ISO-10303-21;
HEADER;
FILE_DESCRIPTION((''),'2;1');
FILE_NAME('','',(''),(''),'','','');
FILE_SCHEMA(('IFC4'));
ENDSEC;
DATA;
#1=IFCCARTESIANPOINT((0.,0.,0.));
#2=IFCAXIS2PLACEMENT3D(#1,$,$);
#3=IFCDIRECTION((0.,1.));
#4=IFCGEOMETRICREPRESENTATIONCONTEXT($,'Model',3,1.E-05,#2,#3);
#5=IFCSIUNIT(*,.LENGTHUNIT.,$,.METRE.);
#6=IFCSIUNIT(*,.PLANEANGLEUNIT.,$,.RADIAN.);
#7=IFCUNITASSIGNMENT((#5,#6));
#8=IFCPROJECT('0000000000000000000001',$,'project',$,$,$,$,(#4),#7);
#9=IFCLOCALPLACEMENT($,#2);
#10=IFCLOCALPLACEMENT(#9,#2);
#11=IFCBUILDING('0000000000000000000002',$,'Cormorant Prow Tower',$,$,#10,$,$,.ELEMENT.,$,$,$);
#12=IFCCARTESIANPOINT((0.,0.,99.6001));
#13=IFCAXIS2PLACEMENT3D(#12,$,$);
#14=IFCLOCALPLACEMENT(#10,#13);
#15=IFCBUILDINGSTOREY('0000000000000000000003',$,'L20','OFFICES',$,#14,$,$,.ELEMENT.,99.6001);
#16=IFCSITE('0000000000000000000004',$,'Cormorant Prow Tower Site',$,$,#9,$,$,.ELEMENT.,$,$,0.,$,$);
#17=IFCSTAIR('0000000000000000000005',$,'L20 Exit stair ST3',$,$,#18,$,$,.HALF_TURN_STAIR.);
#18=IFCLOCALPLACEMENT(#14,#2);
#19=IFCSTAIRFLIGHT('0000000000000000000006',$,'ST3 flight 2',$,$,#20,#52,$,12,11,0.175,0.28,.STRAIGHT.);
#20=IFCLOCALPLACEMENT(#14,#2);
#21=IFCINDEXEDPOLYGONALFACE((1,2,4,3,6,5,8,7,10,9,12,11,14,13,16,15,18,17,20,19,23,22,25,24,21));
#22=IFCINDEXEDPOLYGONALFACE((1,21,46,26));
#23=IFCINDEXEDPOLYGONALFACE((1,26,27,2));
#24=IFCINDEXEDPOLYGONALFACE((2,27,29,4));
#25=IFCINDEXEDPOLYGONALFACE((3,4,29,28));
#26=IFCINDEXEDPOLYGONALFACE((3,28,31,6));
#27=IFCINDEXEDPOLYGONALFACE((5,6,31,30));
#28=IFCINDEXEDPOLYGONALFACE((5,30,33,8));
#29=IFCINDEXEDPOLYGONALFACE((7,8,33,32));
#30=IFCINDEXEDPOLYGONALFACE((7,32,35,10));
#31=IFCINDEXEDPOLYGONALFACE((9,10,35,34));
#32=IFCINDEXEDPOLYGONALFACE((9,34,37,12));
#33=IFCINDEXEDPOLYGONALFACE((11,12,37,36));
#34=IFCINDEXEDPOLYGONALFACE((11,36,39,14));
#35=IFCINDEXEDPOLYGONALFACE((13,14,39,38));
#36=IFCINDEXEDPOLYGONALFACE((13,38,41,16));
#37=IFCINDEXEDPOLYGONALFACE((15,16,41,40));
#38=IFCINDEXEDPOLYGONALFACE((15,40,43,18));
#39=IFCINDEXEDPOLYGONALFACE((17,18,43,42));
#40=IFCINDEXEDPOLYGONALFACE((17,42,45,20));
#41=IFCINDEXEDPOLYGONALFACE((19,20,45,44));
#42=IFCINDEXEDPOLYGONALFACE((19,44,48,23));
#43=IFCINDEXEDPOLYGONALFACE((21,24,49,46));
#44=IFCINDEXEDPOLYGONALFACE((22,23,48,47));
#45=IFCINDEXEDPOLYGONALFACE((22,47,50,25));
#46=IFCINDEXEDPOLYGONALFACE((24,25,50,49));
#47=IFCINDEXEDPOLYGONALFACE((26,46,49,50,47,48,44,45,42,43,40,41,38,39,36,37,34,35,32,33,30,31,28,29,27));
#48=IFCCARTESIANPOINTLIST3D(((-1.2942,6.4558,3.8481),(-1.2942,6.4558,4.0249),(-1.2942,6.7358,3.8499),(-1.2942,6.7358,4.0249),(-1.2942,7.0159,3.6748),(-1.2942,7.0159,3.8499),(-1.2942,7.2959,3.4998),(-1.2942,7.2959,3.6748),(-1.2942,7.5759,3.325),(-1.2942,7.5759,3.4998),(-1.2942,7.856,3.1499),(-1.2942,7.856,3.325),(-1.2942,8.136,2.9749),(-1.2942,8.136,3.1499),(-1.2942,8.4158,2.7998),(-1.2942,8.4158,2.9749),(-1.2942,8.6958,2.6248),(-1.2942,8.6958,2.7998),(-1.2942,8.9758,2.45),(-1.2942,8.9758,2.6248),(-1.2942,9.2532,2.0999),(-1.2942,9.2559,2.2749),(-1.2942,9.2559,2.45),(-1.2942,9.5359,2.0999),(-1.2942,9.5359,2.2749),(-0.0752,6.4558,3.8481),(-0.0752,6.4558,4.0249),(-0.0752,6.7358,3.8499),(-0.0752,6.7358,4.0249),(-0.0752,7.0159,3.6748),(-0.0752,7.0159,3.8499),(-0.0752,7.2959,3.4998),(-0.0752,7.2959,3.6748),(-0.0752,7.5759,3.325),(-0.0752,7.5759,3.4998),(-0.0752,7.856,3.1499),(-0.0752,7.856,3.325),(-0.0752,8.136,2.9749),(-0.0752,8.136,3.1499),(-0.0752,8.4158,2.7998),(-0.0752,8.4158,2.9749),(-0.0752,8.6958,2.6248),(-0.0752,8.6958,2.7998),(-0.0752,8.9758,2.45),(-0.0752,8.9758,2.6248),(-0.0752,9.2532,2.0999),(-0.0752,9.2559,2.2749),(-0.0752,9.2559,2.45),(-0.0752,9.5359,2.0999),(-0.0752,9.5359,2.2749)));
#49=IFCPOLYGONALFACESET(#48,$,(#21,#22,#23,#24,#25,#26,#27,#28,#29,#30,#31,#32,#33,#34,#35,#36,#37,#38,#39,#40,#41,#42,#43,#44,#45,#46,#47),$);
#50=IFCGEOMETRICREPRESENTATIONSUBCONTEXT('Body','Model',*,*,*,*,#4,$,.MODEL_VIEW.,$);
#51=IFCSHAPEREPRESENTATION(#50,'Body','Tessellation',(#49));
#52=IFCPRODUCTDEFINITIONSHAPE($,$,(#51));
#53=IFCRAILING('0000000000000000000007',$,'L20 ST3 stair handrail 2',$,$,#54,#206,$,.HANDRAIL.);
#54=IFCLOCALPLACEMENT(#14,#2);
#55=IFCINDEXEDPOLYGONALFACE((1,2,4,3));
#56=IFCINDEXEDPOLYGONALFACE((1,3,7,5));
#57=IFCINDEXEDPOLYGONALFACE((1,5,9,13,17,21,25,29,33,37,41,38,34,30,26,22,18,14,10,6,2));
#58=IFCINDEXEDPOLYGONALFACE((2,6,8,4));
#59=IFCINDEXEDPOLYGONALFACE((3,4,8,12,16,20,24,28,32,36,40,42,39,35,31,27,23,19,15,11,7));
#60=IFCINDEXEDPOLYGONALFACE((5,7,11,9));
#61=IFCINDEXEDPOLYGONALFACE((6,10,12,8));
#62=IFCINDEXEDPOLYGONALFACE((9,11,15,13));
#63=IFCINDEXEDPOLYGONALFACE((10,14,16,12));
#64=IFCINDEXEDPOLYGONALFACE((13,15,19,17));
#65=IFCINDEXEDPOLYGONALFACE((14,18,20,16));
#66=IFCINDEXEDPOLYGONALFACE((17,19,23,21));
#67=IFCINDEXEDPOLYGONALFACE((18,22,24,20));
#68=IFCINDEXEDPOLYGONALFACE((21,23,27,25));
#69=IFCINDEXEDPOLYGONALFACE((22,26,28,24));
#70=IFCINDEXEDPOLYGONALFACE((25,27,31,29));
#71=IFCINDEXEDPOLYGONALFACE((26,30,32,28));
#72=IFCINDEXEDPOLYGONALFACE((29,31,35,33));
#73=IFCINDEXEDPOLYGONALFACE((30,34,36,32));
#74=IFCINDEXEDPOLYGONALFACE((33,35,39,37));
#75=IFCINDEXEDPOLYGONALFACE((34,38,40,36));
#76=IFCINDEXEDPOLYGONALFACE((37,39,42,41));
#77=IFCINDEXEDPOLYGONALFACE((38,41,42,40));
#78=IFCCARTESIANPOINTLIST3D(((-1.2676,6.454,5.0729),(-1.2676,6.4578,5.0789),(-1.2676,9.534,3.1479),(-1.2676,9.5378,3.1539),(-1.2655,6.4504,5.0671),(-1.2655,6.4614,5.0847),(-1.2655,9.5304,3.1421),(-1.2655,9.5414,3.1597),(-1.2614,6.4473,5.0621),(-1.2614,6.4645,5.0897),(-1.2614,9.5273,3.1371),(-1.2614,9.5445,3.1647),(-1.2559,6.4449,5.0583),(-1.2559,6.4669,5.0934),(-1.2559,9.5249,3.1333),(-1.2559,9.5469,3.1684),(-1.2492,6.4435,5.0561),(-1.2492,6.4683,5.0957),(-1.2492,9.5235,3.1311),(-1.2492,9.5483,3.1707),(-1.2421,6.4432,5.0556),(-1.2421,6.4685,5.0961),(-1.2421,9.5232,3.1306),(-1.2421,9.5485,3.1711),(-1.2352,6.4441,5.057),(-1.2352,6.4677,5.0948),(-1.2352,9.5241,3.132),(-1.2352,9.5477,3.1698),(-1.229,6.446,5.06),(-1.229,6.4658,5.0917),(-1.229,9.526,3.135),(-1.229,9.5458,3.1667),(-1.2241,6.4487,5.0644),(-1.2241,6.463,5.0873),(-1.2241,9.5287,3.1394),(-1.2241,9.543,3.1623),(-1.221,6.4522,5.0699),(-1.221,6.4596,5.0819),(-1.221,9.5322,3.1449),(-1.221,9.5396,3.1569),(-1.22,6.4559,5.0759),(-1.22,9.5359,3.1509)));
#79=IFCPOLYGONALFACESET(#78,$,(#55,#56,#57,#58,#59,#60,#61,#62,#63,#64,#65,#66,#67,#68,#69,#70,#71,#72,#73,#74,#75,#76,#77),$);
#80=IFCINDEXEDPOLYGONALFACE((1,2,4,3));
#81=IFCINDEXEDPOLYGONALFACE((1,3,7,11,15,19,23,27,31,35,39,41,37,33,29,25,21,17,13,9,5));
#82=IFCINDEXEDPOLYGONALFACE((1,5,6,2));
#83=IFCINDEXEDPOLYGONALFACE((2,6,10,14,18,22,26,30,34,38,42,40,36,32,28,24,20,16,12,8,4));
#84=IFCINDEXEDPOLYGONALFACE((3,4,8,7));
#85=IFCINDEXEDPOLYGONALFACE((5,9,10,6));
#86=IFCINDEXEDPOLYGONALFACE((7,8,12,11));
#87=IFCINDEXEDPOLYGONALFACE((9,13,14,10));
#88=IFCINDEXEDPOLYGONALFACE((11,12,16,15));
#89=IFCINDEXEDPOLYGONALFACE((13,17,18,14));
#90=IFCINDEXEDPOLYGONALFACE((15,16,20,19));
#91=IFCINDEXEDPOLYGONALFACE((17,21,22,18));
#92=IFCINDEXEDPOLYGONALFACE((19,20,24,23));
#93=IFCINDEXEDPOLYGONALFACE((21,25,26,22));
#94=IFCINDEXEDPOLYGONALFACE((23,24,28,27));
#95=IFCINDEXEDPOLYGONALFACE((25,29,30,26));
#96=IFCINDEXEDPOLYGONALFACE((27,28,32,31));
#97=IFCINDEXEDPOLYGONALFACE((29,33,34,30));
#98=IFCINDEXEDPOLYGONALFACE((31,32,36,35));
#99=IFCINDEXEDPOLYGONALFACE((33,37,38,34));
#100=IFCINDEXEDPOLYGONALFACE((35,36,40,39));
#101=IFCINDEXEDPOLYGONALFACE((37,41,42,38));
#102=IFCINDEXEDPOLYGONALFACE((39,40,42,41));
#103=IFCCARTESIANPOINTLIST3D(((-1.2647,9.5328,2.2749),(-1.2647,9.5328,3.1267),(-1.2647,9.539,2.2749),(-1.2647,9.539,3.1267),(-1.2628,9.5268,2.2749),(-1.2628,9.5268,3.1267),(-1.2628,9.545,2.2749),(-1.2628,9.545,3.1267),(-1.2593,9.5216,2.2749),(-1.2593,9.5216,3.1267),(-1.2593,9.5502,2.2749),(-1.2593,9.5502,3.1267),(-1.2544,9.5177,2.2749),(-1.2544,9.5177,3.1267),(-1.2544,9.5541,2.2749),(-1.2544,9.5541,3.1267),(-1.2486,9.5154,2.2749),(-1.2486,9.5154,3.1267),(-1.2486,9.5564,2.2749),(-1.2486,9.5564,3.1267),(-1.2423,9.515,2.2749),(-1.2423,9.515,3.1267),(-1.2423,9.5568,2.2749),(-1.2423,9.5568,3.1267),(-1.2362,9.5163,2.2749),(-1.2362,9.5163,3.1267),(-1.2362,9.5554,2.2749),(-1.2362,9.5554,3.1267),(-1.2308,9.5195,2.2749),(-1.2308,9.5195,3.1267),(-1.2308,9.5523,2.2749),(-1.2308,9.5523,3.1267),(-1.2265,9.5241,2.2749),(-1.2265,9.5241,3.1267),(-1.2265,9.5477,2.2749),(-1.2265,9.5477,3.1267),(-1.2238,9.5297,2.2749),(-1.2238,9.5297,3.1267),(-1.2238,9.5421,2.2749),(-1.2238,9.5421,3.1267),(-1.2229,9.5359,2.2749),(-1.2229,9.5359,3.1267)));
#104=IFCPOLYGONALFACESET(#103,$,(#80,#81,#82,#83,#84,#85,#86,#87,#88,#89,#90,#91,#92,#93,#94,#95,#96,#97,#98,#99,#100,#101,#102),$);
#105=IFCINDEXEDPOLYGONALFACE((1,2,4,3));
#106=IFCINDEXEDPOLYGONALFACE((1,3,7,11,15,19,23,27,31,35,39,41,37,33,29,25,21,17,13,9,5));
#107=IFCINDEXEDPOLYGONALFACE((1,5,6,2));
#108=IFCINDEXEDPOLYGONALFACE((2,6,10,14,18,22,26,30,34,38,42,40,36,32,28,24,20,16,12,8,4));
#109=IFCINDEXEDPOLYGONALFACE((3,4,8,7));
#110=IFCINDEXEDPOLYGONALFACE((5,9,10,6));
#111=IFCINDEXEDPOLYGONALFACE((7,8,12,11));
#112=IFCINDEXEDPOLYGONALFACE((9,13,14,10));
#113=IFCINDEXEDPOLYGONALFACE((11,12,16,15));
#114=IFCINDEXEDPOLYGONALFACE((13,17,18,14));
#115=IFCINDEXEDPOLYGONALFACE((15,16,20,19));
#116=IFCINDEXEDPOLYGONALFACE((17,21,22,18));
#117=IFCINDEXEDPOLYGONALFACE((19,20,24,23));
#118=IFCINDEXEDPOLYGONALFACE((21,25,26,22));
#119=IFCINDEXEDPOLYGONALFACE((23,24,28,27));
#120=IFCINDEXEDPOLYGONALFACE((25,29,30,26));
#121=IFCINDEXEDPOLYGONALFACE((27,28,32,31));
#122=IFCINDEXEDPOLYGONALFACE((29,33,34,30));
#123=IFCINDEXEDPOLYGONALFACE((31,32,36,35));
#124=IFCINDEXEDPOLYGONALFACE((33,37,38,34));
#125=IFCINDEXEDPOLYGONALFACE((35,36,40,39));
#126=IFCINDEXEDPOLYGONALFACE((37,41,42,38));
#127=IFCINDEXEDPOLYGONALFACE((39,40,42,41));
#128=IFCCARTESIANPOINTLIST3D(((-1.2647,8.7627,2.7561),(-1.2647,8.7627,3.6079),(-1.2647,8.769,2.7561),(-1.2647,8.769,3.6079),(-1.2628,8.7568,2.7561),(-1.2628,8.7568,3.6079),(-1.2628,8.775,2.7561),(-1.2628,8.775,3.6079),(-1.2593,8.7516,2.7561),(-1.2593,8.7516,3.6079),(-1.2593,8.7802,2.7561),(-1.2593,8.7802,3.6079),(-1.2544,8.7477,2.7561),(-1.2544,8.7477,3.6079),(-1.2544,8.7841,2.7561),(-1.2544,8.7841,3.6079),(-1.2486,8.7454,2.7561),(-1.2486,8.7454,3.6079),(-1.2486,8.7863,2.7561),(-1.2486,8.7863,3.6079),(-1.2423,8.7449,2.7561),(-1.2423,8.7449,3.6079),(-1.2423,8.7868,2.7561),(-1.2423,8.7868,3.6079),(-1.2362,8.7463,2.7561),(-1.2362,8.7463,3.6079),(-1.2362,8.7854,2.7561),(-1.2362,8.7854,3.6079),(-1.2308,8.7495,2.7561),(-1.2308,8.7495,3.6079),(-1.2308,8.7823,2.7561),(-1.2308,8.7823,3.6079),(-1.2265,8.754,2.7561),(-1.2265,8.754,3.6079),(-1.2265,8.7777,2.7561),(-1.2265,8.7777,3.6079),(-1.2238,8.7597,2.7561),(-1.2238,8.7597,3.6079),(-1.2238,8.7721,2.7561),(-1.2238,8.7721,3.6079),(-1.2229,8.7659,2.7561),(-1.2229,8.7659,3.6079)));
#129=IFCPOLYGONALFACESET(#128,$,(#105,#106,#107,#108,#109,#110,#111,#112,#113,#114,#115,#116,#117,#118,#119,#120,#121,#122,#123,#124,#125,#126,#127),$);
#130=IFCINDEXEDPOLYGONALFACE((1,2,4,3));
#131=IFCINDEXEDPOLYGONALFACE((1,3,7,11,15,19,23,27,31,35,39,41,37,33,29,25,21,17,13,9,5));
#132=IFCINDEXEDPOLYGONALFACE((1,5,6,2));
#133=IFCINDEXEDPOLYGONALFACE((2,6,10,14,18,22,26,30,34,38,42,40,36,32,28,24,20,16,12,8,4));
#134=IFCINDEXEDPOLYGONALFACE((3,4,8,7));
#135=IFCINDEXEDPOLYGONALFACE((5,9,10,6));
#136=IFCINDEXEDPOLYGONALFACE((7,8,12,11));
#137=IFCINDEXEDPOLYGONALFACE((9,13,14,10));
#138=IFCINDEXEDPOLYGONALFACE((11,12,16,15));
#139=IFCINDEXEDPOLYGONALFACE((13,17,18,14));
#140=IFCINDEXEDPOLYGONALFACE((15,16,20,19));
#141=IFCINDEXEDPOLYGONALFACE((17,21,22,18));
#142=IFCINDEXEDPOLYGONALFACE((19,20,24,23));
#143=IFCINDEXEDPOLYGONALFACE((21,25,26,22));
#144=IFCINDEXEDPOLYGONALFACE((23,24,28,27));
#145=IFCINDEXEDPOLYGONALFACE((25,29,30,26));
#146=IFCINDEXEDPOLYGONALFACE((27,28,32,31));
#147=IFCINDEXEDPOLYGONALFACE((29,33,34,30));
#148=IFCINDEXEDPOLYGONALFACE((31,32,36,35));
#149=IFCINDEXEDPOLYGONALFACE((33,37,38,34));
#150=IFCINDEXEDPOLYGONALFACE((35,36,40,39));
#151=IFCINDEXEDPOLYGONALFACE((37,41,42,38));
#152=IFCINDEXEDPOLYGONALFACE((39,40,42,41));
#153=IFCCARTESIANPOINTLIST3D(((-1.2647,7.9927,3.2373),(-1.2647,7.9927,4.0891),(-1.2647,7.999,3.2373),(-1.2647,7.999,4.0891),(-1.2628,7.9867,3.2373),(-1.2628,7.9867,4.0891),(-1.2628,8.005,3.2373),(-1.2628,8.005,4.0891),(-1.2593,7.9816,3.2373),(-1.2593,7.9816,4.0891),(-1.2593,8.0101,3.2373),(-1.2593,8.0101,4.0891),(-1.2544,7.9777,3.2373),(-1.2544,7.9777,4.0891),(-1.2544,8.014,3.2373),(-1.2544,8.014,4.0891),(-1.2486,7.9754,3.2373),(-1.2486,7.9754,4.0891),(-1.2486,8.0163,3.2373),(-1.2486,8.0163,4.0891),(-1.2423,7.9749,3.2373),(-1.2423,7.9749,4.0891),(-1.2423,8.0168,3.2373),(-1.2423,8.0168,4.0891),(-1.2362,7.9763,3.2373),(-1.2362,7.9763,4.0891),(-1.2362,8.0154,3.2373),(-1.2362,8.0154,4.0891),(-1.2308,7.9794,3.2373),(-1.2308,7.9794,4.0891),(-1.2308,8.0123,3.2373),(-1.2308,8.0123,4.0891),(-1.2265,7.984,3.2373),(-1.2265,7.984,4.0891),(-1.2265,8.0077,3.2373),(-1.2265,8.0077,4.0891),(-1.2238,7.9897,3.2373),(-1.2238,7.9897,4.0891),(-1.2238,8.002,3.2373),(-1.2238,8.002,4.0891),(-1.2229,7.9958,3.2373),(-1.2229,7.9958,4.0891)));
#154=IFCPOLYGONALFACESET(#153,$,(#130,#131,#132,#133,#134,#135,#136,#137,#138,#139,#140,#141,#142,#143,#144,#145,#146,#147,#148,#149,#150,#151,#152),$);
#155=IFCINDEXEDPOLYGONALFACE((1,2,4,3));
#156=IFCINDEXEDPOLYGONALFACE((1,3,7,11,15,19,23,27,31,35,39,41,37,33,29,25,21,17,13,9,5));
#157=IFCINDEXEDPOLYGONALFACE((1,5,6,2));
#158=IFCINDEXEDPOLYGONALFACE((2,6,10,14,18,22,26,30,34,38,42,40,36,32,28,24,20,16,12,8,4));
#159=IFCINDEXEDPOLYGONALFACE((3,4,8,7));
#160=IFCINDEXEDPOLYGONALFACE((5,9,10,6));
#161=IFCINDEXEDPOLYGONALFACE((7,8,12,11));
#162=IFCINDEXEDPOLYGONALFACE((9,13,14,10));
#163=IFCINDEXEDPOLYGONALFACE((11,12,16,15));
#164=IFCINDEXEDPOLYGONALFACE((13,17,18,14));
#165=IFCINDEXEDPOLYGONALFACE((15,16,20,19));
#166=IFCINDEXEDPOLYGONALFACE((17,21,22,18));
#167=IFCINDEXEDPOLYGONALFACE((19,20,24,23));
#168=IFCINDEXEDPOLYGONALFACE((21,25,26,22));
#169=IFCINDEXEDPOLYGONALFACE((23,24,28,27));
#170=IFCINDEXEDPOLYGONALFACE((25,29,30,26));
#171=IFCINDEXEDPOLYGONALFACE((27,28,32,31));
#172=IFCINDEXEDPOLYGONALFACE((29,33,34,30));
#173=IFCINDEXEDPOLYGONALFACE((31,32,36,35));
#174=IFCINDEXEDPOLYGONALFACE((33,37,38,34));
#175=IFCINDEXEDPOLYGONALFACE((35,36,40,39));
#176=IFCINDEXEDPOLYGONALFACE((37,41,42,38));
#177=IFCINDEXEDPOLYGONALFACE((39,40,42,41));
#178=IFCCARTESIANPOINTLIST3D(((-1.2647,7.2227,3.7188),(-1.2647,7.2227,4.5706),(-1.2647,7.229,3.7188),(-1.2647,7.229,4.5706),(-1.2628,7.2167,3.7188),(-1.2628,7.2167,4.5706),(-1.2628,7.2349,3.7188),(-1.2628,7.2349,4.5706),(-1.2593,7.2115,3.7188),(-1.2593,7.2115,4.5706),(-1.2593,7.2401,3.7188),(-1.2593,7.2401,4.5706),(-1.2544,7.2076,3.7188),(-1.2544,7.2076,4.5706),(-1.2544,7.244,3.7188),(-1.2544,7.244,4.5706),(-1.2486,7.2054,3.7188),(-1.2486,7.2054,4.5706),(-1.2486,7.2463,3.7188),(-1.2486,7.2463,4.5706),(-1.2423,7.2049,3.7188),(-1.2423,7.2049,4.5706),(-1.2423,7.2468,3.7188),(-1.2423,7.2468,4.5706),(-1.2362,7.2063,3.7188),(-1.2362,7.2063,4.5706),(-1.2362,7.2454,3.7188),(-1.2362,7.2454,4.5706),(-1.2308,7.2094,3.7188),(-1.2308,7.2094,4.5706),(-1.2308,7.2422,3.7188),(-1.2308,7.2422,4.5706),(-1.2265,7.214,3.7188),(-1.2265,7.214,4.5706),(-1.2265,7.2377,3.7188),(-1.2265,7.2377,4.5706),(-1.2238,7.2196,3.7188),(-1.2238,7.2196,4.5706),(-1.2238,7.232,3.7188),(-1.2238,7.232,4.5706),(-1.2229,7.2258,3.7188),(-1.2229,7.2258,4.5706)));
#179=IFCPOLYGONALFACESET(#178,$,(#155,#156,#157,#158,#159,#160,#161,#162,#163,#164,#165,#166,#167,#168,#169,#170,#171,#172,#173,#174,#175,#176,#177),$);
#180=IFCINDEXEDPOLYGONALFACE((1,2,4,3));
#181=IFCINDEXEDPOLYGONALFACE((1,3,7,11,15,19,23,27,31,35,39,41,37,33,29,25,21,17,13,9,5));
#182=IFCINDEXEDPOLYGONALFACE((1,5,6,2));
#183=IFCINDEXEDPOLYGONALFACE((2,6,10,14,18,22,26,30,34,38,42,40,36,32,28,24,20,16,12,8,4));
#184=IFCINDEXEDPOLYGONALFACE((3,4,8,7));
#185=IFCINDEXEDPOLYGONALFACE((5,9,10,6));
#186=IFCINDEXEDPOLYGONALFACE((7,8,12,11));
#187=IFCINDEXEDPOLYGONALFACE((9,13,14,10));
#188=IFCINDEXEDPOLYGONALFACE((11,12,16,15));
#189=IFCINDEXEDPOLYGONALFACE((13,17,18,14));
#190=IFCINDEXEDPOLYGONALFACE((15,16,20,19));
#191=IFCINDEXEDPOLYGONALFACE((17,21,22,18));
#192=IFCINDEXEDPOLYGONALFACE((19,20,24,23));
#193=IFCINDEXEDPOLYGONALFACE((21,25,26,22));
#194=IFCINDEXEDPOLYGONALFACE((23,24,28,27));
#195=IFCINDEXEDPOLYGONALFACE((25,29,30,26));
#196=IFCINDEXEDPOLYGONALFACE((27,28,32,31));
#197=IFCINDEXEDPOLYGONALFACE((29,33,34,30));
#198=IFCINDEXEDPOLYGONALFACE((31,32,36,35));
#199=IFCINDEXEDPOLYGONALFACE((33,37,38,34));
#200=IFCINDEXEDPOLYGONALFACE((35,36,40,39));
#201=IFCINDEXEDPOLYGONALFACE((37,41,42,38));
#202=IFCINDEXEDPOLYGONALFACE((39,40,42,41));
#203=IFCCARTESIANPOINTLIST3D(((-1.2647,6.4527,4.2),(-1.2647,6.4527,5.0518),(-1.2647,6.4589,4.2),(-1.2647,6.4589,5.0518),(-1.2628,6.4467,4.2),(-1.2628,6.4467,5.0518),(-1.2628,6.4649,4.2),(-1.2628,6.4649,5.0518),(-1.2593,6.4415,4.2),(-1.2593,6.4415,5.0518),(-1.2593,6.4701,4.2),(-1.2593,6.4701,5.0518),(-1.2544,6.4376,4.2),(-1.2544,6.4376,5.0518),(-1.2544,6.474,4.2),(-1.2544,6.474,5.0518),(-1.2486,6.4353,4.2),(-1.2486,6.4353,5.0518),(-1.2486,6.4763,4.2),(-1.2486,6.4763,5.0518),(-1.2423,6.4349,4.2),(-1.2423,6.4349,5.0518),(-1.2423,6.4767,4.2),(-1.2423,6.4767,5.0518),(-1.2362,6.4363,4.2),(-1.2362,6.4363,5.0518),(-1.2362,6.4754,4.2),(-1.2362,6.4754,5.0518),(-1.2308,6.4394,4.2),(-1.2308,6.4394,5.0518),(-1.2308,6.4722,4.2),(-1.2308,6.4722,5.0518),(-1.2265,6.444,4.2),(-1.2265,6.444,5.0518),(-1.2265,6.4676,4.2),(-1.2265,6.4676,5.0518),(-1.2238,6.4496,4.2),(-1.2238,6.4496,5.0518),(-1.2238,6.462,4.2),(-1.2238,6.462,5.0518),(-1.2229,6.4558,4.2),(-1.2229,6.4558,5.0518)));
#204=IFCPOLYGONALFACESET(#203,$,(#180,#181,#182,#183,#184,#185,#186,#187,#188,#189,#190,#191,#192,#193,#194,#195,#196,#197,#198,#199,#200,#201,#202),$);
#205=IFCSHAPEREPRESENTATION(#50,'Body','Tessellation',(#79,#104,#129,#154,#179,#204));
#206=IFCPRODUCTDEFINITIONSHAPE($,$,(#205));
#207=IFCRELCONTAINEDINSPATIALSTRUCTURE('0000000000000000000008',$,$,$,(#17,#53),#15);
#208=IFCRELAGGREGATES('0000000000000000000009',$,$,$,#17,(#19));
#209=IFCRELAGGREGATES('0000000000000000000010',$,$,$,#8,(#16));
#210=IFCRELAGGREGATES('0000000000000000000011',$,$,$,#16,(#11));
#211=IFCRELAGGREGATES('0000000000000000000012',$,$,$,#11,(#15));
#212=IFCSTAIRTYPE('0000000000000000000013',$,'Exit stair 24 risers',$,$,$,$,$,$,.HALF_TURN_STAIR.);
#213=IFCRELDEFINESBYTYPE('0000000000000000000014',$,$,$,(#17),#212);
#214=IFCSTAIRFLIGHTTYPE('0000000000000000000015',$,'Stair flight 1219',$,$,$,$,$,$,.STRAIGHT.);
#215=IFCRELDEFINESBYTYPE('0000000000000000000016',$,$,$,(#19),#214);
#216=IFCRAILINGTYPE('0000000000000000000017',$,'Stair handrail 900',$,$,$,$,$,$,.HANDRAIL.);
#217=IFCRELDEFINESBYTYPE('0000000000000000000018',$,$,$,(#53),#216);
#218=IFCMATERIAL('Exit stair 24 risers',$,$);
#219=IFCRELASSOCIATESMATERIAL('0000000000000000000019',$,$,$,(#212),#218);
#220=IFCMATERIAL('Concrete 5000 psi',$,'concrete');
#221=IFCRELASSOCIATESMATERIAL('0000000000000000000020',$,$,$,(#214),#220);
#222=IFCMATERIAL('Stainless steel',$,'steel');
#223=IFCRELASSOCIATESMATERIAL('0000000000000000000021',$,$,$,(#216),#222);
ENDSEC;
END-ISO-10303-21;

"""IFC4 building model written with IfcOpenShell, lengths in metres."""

from ifc_helpers import new_model, si_unit, direction, frame, origin, origin_2d, place, context, subcontext, project, spatial, polyline, circle, outline, extrude, material, type_object, element, aggregate, save


model = new_model("IFC4")

# Units and contexts
model_context = context("Model", 3, precision=1e-05, world=origin(), true_north=direction((0.0, 1.0)))
body_context = subcontext(model_context, "Body", "Model", "MODEL_VIEW")
ifc_project = project(units=[si_unit("LENGTHUNIT", "METRE"), si_unit("PLANEANGLEUNIT", "RADIAN")], contexts=[model_context])

# Site, building, storey
site_placement = place(None, origin())
site = spatial("IfcSite", under=ifc_project, at=site_placement, Name="Cormorant Prow Tower Site", CompositionType="ELEMENT", RefElevation=0.0)
building_placement = place(site_placement, origin())
building = spatial("IfcBuilding", under=site, at=building_placement, Name="Cormorant Prow Tower", CompositionType="ELEMENT")
storey_placement = place(building_placement, frame((0.0, 0.0, 99.6001)))
storey = spatial("IfcBuildingStorey", under=building, at=storey_placement, Name="L20", Description="OFFICES", CompositionType="ELEMENT", Elevation=99.6001)

# Stair, stair flight
ifc_material_1 = material(Name="Exit stair 24 risers")
stair_type = type_object("IfcStairType", Name="Exit stair 24 risers", PredefinedType="HALF_TURN_STAIR", material=ifc_material_1)
stair_placement = place(storey_placement, origin())
stair = element("IfcStair", 1, at=stair_placement, inside=storey, type_object=stair_type, Name="L20 Exit stair ST3", PredefinedType="HALF_TURN_STAIR")
ifc_material_2 = material(Name="Concrete 5000 psi", Category="concrete")
stair_flight_type = type_object("IfcStairFlightType", Name="Stair flight 1219", PredefinedType="STRAIGHT", material=ifc_material_2)
stair_flight_placement = place(storey_placement, frame((-0.6846, 9.5359, 2.0999), z_axis=(0.0, 0.0, 1.0), x_axis=(0.0, -1.0, 0.0)))
stair_flight = element("IfcStairFlight", 2, at=stair_flight_placement, type_object=stair_flight_type, Name="ST3 flight 2", NumberOfRisers=12, NumberOfTreads=11, PredefinedType="STRAIGHT", RiserHeight=0.175, TreadLength=0.28, context=body_context, shape_type="SweptSolid", body=[
    extrude(outline(polyline([(0.0, 0.0), (0.0, 0.175), (0.28, 0.175), (0.28, 0.3501), (0.5601, 0.3501), (0.5601, 0.5249), (0.8401, 0.5249), (0.8401, 0.7), (1.1201, 0.7), (1.1201, 0.875), (1.3999, 0.875), (1.3999, 1.05), (1.6799, 1.05), (1.6799, 1.2251), (1.96, 1.2251), (1.96, 1.3999), (2.24, 1.3999), (2.24, 1.575), (2.52, 1.575), (2.52, 1.75), (2.8, 1.75), (2.8, 1.925), (3.0801, 1.925), (3.0801, 2.1001), (3.0801, 1.7483), (0.2827, 0.0), (0.0, 0.0)])), frame((0.0, 0.6094, 0.0), z_axis=(0.0, -1.0, 0.0), x_axis=(1.0, 0.0, 0.0)), (0.0, 0.0, 1.0), 1.219),
])
aggregate(stair, [stair_flight])

# Railing
ifc_material_3 = material(Name="Stainless steel", Category="steel")
railing_type = type_object("IfcRailingType", Name="Stair handrail 900", PredefinedType="HANDRAIL", material=ifc_material_3)
railing_placement = place(storey_placement, frame((-1.2439, 9.5359, 2.2749)))
element("IfcRailing", 3, at=railing_placement, inside=storey, type_object=railing_type, Name="L20 ST3 stair handrail 2", PredefinedType="HANDRAIL", context=body_context, shape_type="SweptSolid", body=[
    extrude(circle(Radius=0.0239, at=origin_2d()), frame((0.0, 0.0, 0.876), z_axis=(0.0, -0.847998, 0.529999), x_axis=(1.0, 0.0, 0.0)), (0.0, 0.0, 1.0), 3.6321),
    extrude(circle(Radius=0.021, at=origin_2d()), origin(), (0.0, 0.0, 1.0), 0.8518),
    extrude(circle(Radius=0.021, at=origin_2d()), frame((0.0, -0.77, 0.4812)), (0.0, 0.0, 1.0), 0.8518),
    extrude(circle(Radius=0.021, at=origin_2d()), frame((0.0, -1.54, 0.9624)), (0.0, 0.0, 1.0), 0.8518),
    extrude(circle(Radius=0.021, at=origin_2d()), frame((0.0, -2.3101, 1.4438)), (0.0, 0.0, 1.0), 0.8518),
    extrude(circle(Radius=0.021, at=origin_2d()), frame((0.0, -3.0801, 1.925)), (0.0, 0.0, 1.0), 0.8518),
])

save(model, "model.ifc")
